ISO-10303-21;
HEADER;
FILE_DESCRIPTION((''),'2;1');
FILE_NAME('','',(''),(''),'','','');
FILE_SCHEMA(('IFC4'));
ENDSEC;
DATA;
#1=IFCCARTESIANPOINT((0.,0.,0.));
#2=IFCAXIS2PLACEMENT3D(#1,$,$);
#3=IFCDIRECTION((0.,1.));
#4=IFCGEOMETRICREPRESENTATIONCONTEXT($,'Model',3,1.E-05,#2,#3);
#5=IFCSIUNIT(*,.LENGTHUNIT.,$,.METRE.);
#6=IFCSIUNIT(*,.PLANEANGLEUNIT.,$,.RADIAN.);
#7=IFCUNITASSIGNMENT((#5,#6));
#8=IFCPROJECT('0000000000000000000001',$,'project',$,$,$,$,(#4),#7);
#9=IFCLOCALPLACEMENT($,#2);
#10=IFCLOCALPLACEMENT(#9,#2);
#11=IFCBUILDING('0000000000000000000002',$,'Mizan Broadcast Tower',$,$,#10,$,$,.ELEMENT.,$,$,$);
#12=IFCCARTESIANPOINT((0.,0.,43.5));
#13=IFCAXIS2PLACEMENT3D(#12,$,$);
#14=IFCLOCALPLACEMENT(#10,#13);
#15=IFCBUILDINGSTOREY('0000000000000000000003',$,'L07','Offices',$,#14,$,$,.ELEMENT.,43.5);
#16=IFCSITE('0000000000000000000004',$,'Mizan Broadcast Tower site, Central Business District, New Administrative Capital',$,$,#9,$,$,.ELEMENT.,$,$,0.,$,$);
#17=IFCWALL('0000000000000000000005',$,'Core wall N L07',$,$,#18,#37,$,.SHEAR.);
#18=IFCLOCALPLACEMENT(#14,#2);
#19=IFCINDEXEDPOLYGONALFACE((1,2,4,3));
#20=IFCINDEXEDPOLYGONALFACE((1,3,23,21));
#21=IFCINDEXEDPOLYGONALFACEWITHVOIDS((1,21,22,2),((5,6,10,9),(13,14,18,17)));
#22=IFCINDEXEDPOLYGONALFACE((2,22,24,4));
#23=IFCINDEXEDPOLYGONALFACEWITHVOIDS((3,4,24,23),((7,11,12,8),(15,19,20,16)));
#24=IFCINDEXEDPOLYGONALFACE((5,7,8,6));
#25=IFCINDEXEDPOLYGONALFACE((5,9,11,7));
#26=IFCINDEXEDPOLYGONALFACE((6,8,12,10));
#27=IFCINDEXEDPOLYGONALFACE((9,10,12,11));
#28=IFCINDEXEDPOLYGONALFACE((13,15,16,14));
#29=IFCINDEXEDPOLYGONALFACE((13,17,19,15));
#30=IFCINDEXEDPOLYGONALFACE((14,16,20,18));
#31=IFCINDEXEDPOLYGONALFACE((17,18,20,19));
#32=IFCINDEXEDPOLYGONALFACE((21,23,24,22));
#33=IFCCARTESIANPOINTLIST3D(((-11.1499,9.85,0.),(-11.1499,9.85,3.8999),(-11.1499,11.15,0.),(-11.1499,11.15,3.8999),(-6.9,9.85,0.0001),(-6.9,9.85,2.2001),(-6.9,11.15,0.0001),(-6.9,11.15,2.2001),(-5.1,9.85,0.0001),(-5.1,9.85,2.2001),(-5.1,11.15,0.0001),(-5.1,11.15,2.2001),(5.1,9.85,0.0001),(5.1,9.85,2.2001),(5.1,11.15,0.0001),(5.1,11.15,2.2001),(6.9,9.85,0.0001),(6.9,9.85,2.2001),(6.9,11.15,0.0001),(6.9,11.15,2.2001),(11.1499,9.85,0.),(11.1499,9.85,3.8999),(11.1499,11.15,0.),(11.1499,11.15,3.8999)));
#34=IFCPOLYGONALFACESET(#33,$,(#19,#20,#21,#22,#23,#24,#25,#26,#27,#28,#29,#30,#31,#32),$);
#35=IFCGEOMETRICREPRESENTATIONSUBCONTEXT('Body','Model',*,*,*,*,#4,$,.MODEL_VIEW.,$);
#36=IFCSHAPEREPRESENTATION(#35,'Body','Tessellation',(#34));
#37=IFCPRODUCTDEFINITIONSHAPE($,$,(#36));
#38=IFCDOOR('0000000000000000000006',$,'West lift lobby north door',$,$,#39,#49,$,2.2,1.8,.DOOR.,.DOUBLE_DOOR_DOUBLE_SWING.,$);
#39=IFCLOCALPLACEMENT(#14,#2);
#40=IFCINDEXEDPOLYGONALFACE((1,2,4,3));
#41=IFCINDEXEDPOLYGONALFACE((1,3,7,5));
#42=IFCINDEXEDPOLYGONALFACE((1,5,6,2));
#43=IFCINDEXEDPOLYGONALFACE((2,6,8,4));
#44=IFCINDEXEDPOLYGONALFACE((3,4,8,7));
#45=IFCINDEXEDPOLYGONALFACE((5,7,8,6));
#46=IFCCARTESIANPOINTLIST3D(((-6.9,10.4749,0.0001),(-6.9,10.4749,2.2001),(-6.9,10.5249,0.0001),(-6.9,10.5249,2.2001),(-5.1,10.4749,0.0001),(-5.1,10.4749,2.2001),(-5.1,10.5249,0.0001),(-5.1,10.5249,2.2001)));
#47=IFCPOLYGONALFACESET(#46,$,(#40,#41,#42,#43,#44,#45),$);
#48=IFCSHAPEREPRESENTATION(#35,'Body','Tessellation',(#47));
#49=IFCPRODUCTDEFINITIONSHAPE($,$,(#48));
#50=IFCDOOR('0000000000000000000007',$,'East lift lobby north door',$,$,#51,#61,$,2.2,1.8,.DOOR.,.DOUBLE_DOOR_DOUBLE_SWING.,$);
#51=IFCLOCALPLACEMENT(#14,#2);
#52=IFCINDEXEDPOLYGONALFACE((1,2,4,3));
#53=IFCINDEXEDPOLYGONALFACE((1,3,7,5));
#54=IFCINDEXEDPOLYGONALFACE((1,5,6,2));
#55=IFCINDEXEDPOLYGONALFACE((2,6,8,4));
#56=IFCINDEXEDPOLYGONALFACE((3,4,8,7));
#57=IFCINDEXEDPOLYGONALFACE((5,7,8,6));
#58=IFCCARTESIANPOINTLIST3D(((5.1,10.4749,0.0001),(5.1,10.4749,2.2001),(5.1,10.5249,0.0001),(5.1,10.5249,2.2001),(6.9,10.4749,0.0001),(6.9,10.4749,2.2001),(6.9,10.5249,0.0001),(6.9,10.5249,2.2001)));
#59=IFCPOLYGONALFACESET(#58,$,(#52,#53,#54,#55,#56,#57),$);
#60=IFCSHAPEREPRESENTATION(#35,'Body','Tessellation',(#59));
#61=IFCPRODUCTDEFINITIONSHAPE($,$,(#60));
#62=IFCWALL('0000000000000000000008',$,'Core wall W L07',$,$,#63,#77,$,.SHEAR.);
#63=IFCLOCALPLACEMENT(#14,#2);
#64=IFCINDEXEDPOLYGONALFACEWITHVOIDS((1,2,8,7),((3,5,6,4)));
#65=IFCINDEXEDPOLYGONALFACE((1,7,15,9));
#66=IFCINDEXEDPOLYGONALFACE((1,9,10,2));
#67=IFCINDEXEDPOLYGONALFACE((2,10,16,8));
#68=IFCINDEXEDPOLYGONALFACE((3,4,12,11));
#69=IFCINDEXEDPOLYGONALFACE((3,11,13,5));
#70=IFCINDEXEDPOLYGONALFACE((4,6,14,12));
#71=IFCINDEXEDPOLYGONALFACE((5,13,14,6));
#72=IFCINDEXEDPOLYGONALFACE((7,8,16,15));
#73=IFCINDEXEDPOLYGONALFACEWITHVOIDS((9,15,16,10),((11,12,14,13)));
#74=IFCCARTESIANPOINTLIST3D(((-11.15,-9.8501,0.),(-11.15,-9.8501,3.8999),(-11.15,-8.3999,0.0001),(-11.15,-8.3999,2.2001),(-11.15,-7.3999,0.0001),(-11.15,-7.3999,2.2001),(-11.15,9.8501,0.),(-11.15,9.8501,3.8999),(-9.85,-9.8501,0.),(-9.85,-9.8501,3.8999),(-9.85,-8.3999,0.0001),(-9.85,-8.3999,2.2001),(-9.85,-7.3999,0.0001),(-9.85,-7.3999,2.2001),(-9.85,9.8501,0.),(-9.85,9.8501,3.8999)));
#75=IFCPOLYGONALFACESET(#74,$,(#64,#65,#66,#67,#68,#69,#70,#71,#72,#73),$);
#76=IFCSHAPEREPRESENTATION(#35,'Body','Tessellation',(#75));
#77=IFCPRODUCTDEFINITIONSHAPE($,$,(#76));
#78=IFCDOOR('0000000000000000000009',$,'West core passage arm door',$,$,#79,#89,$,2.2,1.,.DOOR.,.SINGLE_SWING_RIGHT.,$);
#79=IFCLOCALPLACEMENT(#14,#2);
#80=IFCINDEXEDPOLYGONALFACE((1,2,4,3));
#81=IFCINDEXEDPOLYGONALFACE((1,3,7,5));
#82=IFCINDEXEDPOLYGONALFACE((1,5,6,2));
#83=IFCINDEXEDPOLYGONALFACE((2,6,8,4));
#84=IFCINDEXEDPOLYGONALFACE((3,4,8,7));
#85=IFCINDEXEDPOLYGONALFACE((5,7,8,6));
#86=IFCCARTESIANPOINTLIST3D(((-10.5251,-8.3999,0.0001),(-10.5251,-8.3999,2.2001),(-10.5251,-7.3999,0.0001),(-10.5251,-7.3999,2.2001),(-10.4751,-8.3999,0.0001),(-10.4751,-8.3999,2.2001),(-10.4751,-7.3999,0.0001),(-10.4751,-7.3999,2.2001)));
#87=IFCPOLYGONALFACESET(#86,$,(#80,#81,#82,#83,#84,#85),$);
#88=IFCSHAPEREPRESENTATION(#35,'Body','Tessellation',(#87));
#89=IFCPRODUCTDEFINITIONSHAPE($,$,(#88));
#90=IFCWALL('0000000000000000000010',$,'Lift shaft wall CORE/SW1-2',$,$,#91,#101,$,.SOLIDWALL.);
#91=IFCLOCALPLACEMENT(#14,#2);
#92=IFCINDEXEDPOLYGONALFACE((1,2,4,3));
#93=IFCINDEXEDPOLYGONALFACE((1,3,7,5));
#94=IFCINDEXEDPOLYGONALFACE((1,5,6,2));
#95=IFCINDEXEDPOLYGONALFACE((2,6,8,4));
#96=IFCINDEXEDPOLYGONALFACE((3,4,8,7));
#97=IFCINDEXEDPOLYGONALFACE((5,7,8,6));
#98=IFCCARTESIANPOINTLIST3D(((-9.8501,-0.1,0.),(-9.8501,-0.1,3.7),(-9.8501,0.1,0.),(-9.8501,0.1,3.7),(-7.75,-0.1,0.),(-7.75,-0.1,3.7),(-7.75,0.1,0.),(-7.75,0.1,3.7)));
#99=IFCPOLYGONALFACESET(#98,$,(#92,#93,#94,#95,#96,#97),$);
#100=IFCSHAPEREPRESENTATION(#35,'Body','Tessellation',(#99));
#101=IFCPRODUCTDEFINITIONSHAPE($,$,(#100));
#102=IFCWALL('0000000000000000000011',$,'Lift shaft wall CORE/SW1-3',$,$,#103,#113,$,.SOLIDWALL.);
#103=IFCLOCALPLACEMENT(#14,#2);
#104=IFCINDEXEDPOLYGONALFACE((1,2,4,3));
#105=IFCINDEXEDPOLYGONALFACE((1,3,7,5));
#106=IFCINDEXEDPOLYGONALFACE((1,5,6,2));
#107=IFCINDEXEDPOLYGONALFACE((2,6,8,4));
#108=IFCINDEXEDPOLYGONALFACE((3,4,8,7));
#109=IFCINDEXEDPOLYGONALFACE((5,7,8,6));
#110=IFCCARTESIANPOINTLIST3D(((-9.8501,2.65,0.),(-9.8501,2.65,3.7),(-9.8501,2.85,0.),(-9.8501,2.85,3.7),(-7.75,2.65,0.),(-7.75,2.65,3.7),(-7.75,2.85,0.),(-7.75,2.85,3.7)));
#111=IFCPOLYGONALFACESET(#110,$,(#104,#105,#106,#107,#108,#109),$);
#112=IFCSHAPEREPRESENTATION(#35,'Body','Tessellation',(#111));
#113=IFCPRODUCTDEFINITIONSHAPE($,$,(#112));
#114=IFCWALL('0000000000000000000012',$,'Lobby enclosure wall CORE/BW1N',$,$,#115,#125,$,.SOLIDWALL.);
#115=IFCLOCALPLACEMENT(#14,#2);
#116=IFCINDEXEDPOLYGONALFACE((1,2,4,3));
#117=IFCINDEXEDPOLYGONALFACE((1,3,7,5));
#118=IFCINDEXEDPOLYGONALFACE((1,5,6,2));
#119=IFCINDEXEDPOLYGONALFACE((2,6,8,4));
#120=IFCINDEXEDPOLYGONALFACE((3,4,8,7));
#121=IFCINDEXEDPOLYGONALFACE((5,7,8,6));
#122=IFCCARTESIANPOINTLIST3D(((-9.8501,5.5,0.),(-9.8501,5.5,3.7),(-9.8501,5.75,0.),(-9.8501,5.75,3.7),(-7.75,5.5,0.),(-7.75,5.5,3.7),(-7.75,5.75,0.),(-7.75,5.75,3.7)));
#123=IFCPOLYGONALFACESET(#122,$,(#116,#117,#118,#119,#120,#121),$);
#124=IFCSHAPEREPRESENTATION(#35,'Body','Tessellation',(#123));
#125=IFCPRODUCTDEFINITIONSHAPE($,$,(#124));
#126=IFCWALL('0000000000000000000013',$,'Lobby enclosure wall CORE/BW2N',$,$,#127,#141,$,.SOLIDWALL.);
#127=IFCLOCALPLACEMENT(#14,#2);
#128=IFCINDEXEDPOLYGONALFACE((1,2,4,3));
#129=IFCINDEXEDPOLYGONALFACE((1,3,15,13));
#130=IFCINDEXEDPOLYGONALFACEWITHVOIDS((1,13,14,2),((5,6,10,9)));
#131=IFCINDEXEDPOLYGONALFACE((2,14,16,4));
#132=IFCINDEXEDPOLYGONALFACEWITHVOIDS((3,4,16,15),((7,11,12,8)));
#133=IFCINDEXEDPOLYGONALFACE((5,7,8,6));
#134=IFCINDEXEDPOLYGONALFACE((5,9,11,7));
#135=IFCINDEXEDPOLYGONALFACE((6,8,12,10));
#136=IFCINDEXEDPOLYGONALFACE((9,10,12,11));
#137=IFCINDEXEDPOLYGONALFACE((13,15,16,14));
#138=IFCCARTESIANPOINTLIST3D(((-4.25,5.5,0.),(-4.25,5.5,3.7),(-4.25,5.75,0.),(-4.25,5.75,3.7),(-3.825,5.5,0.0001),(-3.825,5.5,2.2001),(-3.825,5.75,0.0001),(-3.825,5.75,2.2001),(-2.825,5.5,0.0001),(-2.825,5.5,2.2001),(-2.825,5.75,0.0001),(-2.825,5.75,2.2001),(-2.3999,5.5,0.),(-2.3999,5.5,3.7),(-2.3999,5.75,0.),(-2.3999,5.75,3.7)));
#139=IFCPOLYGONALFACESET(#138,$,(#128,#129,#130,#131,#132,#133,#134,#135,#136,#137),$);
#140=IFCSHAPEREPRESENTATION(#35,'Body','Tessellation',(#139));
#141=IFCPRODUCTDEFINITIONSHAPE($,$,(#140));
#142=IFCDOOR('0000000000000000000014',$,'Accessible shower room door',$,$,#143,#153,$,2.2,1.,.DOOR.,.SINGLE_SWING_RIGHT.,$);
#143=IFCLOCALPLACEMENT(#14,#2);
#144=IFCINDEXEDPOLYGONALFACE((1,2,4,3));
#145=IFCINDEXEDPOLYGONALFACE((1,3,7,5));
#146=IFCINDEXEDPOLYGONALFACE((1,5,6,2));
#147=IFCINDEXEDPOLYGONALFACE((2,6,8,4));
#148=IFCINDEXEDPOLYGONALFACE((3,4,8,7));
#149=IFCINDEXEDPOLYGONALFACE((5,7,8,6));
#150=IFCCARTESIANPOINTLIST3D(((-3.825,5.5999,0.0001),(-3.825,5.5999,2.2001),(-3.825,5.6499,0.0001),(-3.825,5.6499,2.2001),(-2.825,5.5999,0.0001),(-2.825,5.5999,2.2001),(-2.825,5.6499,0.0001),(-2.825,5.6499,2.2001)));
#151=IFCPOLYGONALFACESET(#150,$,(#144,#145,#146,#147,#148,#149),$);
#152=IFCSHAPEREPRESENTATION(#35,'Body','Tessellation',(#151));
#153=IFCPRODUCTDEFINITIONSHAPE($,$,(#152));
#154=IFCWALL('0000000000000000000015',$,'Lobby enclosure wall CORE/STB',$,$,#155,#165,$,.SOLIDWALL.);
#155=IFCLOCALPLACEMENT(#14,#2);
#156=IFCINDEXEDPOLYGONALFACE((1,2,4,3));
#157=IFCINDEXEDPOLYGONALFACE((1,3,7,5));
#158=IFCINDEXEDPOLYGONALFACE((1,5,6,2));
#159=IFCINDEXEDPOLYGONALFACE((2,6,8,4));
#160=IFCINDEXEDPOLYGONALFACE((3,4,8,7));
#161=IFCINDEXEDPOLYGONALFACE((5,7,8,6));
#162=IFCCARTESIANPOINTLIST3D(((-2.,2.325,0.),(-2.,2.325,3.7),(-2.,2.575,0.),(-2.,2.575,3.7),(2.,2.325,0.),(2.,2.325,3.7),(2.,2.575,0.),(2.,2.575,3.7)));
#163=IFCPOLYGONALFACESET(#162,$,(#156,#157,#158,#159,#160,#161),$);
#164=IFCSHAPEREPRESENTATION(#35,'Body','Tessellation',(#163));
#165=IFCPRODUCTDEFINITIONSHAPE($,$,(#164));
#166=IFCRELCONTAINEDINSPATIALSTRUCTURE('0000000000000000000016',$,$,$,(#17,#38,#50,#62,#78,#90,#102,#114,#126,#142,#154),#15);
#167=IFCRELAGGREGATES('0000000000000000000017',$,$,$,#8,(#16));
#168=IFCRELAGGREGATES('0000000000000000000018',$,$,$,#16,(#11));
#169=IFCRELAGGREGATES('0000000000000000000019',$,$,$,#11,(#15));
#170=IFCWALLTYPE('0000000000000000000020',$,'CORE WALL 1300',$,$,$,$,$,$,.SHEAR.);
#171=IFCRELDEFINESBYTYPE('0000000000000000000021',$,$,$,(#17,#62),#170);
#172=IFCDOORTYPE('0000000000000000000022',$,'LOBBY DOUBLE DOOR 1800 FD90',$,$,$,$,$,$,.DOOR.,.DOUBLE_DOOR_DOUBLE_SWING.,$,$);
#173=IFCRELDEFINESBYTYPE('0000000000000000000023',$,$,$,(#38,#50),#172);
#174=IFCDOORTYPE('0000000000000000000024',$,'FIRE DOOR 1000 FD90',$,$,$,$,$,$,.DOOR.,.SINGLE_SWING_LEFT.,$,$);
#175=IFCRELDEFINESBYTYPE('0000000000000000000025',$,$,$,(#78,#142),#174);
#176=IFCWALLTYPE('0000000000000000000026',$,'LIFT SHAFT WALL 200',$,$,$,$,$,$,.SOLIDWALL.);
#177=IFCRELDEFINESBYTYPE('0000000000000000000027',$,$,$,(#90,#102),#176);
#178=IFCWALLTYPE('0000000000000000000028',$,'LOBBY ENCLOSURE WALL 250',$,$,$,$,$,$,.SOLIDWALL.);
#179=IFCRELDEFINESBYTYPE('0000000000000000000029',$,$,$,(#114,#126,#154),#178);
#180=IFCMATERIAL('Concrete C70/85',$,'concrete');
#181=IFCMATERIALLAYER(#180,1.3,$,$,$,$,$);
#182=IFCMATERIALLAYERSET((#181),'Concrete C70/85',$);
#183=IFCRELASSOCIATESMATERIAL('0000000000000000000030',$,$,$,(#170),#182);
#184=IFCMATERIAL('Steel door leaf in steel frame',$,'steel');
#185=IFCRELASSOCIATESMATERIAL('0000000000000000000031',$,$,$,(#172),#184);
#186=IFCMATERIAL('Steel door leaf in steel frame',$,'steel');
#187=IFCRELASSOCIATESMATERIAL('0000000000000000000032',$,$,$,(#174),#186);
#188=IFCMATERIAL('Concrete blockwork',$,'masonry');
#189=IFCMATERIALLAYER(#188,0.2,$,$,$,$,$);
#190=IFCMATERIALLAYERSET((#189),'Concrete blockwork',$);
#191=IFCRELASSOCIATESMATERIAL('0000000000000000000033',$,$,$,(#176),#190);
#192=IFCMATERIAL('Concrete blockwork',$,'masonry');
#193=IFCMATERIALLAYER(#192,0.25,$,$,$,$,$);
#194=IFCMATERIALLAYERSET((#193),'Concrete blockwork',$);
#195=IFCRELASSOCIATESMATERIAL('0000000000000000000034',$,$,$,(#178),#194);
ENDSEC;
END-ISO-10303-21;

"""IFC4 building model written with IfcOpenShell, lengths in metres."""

from ifc_helpers import new_model, si_unit, direction, frame, frame_2d, origin, place, context, subcontext, project, spatial, rectangle, extrude, material, layer, layer_set, type_object, element, fill, save


model = new_model("IFC4")

# Units and contexts
model_context = context("Model", 3, precision=1e-05, world=origin(), true_north=direction((0.0, 1.0)))
body_context = subcontext(model_context, "Body", "Model", "MODEL_VIEW")
ifc_project = project(units=[si_unit("LENGTHUNIT", "METRE"), si_unit("PLANEANGLEUNIT", "RADIAN")], contexts=[model_context])

# Site, building, storey
site_placement = place(None, origin())
site = spatial("IfcSite", under=ifc_project, at=site_placement, Name="Mizan Broadcast Tower site, Central Business District, New Administrative Capital", CompositionType="ELEMENT", RefElevation=0.0)
building_placement = place(site_placement, origin())
building = spatial("IfcBuilding", under=site, at=building_placement, Name="Mizan Broadcast Tower", CompositionType="ELEMENT")
storey_placement = place(building_placement, frame((0.0, 0.0, 43.5)))
storey = spatial("IfcBuildingStorey", under=building, at=storey_placement, Name="L07", Description="Offices", CompositionType="ELEMENT", Elevation=43.5)

# Wall, openings, doors
ifc_material_1 = material(Name="Concrete C70/85", Category="concrete")
ifc_layer_1 = layer(ifc_material_1, 1.3)
ifc_layer_set_1 = layer_set([ifc_layer_1], Name="Concrete C70/85")
wall_type_1 = type_object("IfcWallType", Name="CORE WALL 1300", PredefinedType="SHEAR", material=ifc_layer_set_1)
wall_1_placement = place(storey_placement, frame((-11.1499, 10.5, 0.0), z_axis=(0.0, 0.0, 1.0), x_axis=(1.0, 0.0, 0.0)))
wall_1 = element("IfcWall", 1, at=wall_1_placement, inside=storey, type_object=wall_type_1, Name="Core wall N L07", PredefinedType="SHEAR", context=body_context, shape_type="SweptSolid", body=[
    extrude(rectangle(XDim=22.2998, YDim=1.3, at=frame_2d((11.1499, 0.0))), origin(), (0.0, 0.0, 1.0), 3.8999),
])
opening_1_placement = place(wall_1_placement, frame((4.25, 0.0, 0.0)))
opening_1 = element("IfcOpeningElement", 2, at=opening_1_placement, cuts=wall_1, PredefinedType="OPENING", context=body_context, shape_type="SweptSolid", body=[
    extrude(rectangle(XDim=1.8, YDim=2.2, at=frame_2d((0.8999, 1.1001))), frame((0.0, 0.6599, 0.0), z_axis=(0.0, -1.0, 0.0), x_axis=(1.0, 0.0, 0.0)), (0.0, 0.0, 1.0), 1.3201),
])
opening_2_placement = place(wall_1_placement, frame((16.25, 0.0, 0.0)))
opening_2 = element("IfcOpeningElement", 3, at=opening_2_placement, cuts=wall_1, PredefinedType="OPENING", context=body_context, shape_type="SweptSolid", body=[
    extrude(rectangle(XDim=1.8, YDim=2.2, at=frame_2d((0.8999, 1.1001))), frame((0.0, 0.6599, 0.0), z_axis=(0.0, -1.0, 0.0), x_axis=(1.0, 0.0, 0.0)), (0.0, 0.0, 1.0), 1.3201),
])
ifc_material_2 = material(Name="Steel door leaf in steel frame", Category="steel")
door_type_1 = type_object("IfcDoorType", Name="LOBBY DOUBLE DOOR 1800 FD90", OperationType="DOUBLE_DOOR_DOUBLE_SWING", PredefinedType="DOOR", material=ifc_material_2)
door_1_placement = place(opening_1_placement, origin())
door_1 = element("IfcDoor", 4, at=door_1_placement, inside=storey, type_object=door_type_1, Name="West lift lobby north door", OperationType="DOUBLE_DOOR_DOUBLE_SWING", OverallHeight=2.2, OverallWidth=1.8, PredefinedType="DOOR", context=body_context, shape_type="SweptSolid", body=[
    extrude(rectangle(XDim=1.8, YDim=2.2, at=frame_2d((0.8999, 1.1001))), frame((0.0, 0.0249, 0.0), z_axis=(0.0, -1.0, 0.0), x_axis=(1.0, 0.0, 0.0)), (0.0, 0.0, 1.0), 0.05),
])
fill(opening_1, door_1)
door_2_placement = place(opening_2_placement, origin())
door_2 = element("IfcDoor", 5, at=door_2_placement, inside=storey, type_object=door_type_1, Name="East lift lobby north door", OperationType="DOUBLE_DOOR_DOUBLE_SWING", OverallHeight=2.2, OverallWidth=1.8, PredefinedType="DOOR", context=body_context, shape_type="SweptSolid", body=[
    extrude(rectangle(XDim=1.8, YDim=2.2, at=frame_2d((0.8999, 1.1001))), frame((0.0, 0.0249, 0.0), z_axis=(0.0, -1.0, 0.0), x_axis=(1.0, 0.0, 0.0)), (0.0, 0.0, 1.0), 0.05),
])
fill(opening_2, door_2)

# Wall, opening, door
wall_2_placement = place(storey_placement, frame((-10.5, 9.8501, 0.0), z_axis=(0.0, 0.0, 1.0), x_axis=(0.0, -1.0, 0.0)))
wall_2 = element("IfcWall", 6, at=wall_2_placement, inside=storey, type_object=wall_type_1, Name="Core wall W L07", PredefinedType="SHEAR", context=body_context, shape_type="SweptSolid", body=[
    extrude(rectangle(XDim=19.7002, YDim=1.3, at=frame_2d((9.8501, 0.0))), origin(), (0.0, 0.0, 1.0), 3.8999),
])
opening_3_placement = place(wall_2_placement, frame((17.25, 0.0, 0.0)))
opening_3 = element("IfcOpeningElement", 7, at=opening_3_placement, cuts=wall_2, PredefinedType="OPENING", context=body_context, shape_type="SweptSolid", body=[
    extrude(rectangle(XDim=1.0, YDim=2.2, at=frame_2d((0.5, 1.1001))), frame((0.0, 0.6599, 0.0), z_axis=(0.0, -1.0, 0.0), x_axis=(1.0, 0.0, 0.0)), (0.0, 0.0, 1.0), 1.3201),
])
ifc_material_3 = material(Name="Steel door leaf in steel frame", Category="steel")
door_type_2 = type_object("IfcDoorType", Name="FIRE DOOR 1000 FD90", OperationType="SINGLE_SWING_LEFT", PredefinedType="DOOR", material=ifc_material_3)
door_3_placement = place(opening_3_placement, origin())
door_3 = element("IfcDoor", 8, at=door_3_placement, inside=storey, type_object=door_type_2, Name="West core passage arm door", OperationType="SINGLE_SWING_RIGHT", OverallHeight=2.2, OverallWidth=1.0, PredefinedType="DOOR", context=body_context, shape_type="SweptSolid", body=[
    extrude(rectangle(XDim=1.0, YDim=2.2, at=frame_2d((0.5, 1.1001))), frame((0.0, 0.0249, 0.0), z_axis=(0.0, -1.0, 0.0), x_axis=(1.0, 0.0, 0.0)), (0.0, 0.0, 1.0), 0.05),
])
fill(opening_3, door_3)

# Walls
ifc_material_4 = material(Name="Concrete blockwork", Category="masonry")
ifc_layer_2 = layer(ifc_material_4, 0.2)
ifc_layer_set_2 = layer_set([ifc_layer_2], Name="Concrete blockwork")
wall_type_2 = type_object("IfcWallType", Name="LIFT SHAFT WALL 200", PredefinedType="SOLIDWALL", material=ifc_layer_set_2)
for number, where, z_axis, x_axis, name in (
    (9, (-9.8501, 0.0, 0.0), (0.0, 0.0, 1.0), (1.0, 0.0, 0.0), "Lift shaft wall CORE/SW1-2"),
    (10, (-9.8501, 2.75, 0.0), (0.0, 0.0, 1.0), (1.0, 0.0, 0.0), "Lift shaft wall CORE/SW1-3"),
):
    element("IfcWall", number, at=place(storey_placement, frame(where, z_axis=z_axis, x_axis=x_axis)), inside=storey, type_object=wall_type_2, Name=name, PredefinedType="SOLIDWALL", context=body_context, shape_type="SweptSolid", body=[
        extrude(rectangle(XDim=2.1001, YDim=0.2, at=frame_2d((1.05, 0.0))), origin(), (0.0, 0.0, 1.0), 3.7),
    ])
ifc_material_5 = material(Name="Concrete blockwork", Category="masonry")
ifc_layer_3 = layer(ifc_material_5, 0.25)
ifc_layer_set_3 = layer_set([ifc_layer_3], Name="Concrete blockwork")
wall_type_3 = type_object("IfcWallType", Name="LOBBY ENCLOSURE WALL 250", PredefinedType="SOLIDWALL", material=ifc_layer_set_3)
wall_3_placement = place(storey_placement, frame((-9.8501, 5.625, 0.0), z_axis=(0.0, 0.0, 1.0), x_axis=(1.0, 0.0, 0.0)))
element("IfcWall", 11, at=wall_3_placement, inside=storey, type_object=wall_type_3, Name="Lobby enclosure wall CORE/BW1N", PredefinedType="SOLIDWALL", context=body_context, shape_type="SweptSolid", body=[
    extrude(rectangle(XDim=2.1001, YDim=0.25, at=frame_2d((1.05, 0.0))), origin(), (0.0, 0.0, 1.0), 3.7),
])

# Wall, opening, door
wall_4_placement = place(storey_placement, frame((-4.25, 5.625, 0.0), z_axis=(0.0, 0.0, 1.0), x_axis=(1.0, 0.0, 0.0)))
wall_4 = element("IfcWall", 12, at=wall_4_placement, inside=storey, type_object=wall_type_3, Name="Lobby enclosure wall CORE/BW2N", PredefinedType="SOLIDWALL", context=body_context, shape_type="SweptSolid", body=[
    extrude(rectangle(XDim=1.8501, YDim=0.25, at=frame_2d((0.925, 0.0))), origin(), (0.0, 0.0, 1.0), 3.7),
])
opening_4_placement = place(wall_4_placement, frame((0.425, 0.0, 0.0)))
opening_4 = element("IfcOpeningElement", 13, at=opening_4_placement, cuts=wall_4, PredefinedType="OPENING", context=body_context, shape_type="SweptSolid", body=[
    extrude(rectangle(XDim=1.0, YDim=2.2, at=frame_2d((0.5, 1.1001))), frame((0.0, 0.135, 0.0), z_axis=(0.0, -1.0, 0.0), x_axis=(1.0, 0.0, 0.0)), (0.0, 0.0, 1.0), 0.27),
])
door_4_placement = place(opening_4_placement, origin())
door_4 = element("IfcDoor", 14, at=door_4_placement, inside=storey, type_object=door_type_2, Name="Accessible shower room door", OperationType="SINGLE_SWING_RIGHT", OverallHeight=2.2, OverallWidth=1.0, PredefinedType="DOOR", context=body_context, shape_type="SweptSolid", body=[
    extrude(rectangle(XDim=1.0, YDim=2.2, at=frame_2d((0.5, 1.1001))), frame((0.0, 0.0249, 0.0), z_axis=(0.0, -1.0, 0.0), x_axis=(1.0, 0.0, 0.0)), (0.0, 0.0, 1.0), 0.05),
])
fill(opening_4, door_4)

# Wall
wall_5_placement = place(storey_placement, frame((-2.0, 2.45, 0.0), z_axis=(0.0, 0.0, 1.0), x_axis=(1.0, 0.0, 0.0)))
element("IfcWall", 15, at=wall_5_placement, inside=storey, type_object=wall_type_3, Name="Lobby enclosure wall CORE/STB", PredefinedType="SOLIDWALL", context=body_context, shape_type="SweptSolid", body=[
    extrude(rectangle(XDim=4.0, YDim=0.25, at=frame_2d((2.0, 0.0))), origin(), (0.0, 0.0, 1.0), 3.7),
])

save(model, "model.ifc")
